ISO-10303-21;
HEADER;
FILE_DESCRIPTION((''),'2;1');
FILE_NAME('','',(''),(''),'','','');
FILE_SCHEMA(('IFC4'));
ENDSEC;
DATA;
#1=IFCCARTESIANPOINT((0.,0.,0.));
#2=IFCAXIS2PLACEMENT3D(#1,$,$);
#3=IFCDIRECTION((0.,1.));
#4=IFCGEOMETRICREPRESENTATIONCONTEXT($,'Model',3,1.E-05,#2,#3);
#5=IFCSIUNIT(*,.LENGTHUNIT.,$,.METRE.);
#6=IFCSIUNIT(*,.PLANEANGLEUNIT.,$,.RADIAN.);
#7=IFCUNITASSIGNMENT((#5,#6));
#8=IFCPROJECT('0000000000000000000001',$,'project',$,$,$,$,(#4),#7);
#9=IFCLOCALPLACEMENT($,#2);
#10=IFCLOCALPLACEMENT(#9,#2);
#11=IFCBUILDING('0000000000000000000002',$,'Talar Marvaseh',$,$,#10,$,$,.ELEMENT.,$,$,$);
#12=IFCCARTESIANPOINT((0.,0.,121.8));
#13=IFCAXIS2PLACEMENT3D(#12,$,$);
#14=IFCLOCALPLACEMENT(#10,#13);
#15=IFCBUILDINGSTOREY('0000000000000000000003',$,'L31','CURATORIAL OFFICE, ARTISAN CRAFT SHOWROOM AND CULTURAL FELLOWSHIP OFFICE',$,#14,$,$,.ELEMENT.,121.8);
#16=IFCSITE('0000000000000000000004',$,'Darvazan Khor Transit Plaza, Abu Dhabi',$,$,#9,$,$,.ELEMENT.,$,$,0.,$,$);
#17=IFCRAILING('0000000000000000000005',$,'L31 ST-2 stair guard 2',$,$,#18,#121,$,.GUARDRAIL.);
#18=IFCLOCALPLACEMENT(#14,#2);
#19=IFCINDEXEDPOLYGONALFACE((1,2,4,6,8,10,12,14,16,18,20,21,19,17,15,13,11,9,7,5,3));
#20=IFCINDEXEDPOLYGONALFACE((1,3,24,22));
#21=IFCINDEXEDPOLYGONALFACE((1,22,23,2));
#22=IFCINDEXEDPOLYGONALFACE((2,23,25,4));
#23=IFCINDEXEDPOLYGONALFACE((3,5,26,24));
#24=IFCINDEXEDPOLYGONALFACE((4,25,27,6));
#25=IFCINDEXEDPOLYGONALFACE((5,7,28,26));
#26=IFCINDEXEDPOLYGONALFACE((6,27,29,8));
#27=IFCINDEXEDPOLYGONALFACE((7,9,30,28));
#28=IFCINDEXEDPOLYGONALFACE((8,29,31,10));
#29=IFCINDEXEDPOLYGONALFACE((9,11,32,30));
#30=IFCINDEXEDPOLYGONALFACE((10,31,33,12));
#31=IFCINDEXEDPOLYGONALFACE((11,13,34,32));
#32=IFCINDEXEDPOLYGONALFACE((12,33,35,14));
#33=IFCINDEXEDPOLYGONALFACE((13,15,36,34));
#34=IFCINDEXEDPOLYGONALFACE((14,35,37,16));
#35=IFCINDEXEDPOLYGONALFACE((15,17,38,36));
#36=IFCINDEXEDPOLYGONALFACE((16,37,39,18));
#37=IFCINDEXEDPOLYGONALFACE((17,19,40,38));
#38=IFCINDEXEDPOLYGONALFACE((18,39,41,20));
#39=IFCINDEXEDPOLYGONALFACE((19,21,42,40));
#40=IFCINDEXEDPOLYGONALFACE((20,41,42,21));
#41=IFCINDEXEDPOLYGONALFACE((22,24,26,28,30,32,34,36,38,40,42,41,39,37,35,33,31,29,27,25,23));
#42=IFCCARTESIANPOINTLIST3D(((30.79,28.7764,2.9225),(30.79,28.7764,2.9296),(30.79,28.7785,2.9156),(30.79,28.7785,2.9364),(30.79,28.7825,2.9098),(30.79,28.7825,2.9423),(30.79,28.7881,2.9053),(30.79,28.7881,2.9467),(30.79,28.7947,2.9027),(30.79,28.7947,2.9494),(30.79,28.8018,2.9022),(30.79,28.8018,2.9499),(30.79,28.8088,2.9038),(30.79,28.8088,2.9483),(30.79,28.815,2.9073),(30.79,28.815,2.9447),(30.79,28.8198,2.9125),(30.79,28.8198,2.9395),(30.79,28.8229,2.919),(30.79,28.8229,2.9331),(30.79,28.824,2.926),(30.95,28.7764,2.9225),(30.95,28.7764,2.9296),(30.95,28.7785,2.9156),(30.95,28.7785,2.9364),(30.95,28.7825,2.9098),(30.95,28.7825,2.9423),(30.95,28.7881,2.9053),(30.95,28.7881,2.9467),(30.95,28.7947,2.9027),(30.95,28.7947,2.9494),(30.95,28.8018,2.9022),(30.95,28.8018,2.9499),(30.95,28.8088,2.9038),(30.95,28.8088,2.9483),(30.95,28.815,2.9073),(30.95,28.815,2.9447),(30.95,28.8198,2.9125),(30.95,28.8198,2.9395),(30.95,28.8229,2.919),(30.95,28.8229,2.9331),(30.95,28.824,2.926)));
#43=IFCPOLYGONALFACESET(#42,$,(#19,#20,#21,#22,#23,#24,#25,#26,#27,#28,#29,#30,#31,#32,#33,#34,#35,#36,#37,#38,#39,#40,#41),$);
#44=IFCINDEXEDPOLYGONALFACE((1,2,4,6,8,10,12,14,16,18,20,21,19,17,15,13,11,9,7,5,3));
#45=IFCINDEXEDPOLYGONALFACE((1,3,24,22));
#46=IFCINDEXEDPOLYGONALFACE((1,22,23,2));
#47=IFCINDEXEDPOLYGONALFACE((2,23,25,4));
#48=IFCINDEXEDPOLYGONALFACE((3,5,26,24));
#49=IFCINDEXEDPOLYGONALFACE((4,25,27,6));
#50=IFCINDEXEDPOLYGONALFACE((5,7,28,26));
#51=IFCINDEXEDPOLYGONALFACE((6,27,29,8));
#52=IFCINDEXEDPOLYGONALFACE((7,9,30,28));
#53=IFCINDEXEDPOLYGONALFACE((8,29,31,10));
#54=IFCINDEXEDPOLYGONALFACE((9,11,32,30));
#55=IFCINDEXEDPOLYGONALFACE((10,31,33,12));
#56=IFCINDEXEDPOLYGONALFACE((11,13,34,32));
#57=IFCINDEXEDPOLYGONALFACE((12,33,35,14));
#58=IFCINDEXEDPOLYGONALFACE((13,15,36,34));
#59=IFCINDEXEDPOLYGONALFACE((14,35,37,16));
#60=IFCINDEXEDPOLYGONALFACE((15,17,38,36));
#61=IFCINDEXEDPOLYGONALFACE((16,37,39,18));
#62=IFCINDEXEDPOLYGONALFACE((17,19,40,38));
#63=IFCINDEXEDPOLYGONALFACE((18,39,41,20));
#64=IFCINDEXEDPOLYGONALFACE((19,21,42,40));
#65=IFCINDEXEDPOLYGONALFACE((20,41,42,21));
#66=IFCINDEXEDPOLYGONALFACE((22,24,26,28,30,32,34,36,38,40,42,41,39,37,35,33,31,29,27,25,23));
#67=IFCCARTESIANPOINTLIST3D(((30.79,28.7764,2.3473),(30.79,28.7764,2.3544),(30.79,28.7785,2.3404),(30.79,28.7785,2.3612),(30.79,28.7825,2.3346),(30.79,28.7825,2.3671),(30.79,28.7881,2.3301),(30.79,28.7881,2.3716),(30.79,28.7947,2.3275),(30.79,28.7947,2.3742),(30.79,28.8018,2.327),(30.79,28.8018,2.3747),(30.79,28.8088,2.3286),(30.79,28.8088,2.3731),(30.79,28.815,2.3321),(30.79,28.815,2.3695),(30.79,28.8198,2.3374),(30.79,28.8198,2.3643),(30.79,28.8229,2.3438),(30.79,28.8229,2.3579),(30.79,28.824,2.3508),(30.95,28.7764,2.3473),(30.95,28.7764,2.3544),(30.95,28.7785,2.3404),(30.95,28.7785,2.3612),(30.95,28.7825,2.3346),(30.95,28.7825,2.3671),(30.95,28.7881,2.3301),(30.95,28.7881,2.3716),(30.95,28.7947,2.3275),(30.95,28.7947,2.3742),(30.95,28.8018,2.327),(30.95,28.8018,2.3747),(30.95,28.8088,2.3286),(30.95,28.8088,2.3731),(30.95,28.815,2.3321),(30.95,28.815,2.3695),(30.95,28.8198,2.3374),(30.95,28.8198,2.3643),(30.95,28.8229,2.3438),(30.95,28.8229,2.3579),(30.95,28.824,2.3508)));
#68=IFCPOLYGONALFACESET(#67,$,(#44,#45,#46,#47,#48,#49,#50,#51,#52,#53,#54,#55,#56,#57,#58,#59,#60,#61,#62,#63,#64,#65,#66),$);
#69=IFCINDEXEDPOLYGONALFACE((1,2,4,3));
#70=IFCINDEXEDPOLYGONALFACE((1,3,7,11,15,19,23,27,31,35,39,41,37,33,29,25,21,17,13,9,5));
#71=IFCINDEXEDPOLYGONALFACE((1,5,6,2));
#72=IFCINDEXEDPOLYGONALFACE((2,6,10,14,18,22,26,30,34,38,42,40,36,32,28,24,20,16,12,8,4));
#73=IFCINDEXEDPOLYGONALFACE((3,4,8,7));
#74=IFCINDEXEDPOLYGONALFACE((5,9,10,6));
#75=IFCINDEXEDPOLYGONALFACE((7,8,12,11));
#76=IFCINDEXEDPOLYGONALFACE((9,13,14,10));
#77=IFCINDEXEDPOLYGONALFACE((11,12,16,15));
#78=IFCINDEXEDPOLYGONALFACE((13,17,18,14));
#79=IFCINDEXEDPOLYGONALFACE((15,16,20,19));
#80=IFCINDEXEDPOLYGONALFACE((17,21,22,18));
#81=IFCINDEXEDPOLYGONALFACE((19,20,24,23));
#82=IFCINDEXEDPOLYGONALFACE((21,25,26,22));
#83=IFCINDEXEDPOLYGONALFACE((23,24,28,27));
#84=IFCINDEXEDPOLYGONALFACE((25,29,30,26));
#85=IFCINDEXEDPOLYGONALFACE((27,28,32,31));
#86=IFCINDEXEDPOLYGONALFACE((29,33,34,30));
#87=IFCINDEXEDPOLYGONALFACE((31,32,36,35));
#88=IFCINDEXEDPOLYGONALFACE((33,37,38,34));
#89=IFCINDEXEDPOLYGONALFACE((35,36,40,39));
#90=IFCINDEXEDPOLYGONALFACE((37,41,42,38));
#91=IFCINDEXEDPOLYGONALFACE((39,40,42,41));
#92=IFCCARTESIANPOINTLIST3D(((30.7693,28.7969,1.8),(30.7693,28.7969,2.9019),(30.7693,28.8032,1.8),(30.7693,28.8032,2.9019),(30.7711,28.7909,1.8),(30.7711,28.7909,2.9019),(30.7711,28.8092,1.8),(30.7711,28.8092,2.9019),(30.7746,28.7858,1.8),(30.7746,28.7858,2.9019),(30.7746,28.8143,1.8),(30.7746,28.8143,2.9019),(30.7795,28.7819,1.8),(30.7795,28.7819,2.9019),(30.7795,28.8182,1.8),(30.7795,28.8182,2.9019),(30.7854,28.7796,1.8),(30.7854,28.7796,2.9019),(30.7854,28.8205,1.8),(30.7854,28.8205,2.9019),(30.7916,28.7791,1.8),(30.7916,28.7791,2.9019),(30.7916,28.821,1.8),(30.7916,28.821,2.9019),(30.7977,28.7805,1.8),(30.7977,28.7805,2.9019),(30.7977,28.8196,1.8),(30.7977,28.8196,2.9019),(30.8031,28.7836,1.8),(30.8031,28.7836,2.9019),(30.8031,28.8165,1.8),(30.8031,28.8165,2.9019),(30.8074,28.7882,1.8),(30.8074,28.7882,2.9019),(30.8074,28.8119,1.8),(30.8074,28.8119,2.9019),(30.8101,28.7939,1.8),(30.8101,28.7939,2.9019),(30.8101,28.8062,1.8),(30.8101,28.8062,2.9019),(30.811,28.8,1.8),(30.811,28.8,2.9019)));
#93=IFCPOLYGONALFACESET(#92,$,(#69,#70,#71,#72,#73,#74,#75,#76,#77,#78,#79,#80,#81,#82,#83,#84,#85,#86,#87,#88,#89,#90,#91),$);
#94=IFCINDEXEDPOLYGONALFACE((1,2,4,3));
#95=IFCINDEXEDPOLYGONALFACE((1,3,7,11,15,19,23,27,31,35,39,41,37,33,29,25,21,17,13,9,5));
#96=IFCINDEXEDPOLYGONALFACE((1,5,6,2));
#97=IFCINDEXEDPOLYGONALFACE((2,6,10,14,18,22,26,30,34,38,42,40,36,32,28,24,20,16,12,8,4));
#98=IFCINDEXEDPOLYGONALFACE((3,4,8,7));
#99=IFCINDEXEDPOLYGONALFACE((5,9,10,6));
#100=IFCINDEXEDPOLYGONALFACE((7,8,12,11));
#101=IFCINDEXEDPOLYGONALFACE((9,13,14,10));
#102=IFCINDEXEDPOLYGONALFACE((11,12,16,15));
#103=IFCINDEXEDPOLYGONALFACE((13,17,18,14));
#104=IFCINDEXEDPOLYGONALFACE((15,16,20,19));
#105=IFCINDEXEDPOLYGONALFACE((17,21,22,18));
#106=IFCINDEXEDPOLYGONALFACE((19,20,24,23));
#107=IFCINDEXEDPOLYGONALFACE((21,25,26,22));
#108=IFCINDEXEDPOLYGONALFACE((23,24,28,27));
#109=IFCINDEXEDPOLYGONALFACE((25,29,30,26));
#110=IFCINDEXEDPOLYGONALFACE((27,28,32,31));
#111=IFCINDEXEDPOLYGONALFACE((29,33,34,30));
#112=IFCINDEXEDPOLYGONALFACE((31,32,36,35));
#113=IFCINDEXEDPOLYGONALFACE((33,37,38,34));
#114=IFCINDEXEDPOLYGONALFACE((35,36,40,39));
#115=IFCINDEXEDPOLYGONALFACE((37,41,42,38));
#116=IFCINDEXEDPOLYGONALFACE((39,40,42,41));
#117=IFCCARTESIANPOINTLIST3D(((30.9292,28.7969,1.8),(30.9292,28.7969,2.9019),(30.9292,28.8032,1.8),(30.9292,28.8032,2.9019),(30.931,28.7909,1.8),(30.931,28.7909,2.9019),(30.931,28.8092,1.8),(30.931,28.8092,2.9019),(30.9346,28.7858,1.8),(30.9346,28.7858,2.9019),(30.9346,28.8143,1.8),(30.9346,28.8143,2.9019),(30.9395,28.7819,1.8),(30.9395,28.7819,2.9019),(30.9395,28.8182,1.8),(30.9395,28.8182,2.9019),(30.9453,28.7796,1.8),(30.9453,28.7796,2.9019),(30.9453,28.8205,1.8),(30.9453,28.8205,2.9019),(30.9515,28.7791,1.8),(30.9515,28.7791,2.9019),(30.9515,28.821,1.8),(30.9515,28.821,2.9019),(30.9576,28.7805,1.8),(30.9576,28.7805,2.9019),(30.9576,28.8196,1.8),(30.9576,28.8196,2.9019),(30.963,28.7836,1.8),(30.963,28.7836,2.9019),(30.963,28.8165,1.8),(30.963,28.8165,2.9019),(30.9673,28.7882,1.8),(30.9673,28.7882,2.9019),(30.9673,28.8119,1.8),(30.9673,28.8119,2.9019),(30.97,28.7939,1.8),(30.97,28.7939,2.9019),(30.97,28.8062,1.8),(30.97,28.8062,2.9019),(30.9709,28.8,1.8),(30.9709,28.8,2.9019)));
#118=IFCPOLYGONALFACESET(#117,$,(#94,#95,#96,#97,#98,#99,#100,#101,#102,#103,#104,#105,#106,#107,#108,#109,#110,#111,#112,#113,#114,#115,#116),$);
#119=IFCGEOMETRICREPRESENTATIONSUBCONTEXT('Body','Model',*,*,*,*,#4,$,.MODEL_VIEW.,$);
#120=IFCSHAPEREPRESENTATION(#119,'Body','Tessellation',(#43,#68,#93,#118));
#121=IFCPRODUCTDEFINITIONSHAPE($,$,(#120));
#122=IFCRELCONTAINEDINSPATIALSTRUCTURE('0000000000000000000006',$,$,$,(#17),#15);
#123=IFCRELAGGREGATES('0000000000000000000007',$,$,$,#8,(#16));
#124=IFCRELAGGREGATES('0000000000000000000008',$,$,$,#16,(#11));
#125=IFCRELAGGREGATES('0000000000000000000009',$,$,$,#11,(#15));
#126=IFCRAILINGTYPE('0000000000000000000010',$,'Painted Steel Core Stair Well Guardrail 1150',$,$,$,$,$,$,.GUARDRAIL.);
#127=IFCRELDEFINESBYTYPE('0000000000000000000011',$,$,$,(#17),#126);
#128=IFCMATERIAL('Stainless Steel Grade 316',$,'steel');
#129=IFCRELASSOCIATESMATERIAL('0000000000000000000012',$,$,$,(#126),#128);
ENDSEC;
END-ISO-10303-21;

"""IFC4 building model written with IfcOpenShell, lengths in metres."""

from ifc_helpers import new_model, si_unit, direction, frame, origin, origin_2d, place, context, subcontext, project, spatial, circle, extrude, material, type_object, element, save


model = new_model("IFC4")

# Units and contexts
model_context = context("Model", 3, precision=1e-05, world=origin(), true_north=direction((0.0, 1.0)))
body_context = subcontext(model_context, "Body", "Model", "MODEL_VIEW")
ifc_project = project(units=[si_unit("LENGTHUNIT", "METRE"), si_unit("PLANEANGLEUNIT", "RADIAN")], contexts=[model_context])

# Site, building, storey
site_placement = place(None, origin())
site = spatial("IfcSite", under=ifc_project, at=site_placement, Name="Darvazan Khor Transit Plaza, Abu Dhabi", CompositionType="ELEMENT", RefElevation=0.0)
building_placement = place(site_placement, origin())
building = spatial("IfcBuilding", under=site, at=building_placement, Name="Talar Marvaseh", CompositionType="ELEMENT")
storey_placement = place(building_placement, frame((0.0, 0.0, 121.8)))
storey = spatial("IfcBuildingStorey", under=building, at=storey_placement, Name="L31", Description="CURATORIAL OFFICE, ARTISAN CRAFT SHOWROOM AND CULTURAL FELLOWSHIP OFFICE", CompositionType="ELEMENT", Elevation=121.8)

# Railing
ifc_material_1 = material(Name="Stainless Steel Grade 316", Category="steel")
railing_type_1 = type_object("IfcRailingType", Name="Painted Steel Core Stair Well Guardrail 1150", PredefinedType="GUARDRAIL", material=ifc_material_1)
railing_1_placement = place(storey_placement, frame((30.79, 28.8, 1.8)))
element("IfcRailing", 1, at=railing_1_placement, inside=storey, type_object=railing_type_1, Name="L31 ST-2 stair guard 2", PredefinedType="GUARDRAIL", context=body_context, shape_type="SweptSolid", body=[
    extrude(circle(Radius=0.0239, at=origin_2d()), frame((0.0, 0.0, 1.126), z_axis=(1.0, 0.0, 0.0), x_axis=(0.0, 1.0, 0.0)), (0.0, 0.0, 1.0), 0.1599),
    extrude(circle(Radius=0.0239, at=origin_2d()), frame((0.0, 0.0, 0.5508), z_axis=(1.0, 0.0, 0.0), x_axis=(0.0, 1.0, 0.0)), (0.0, 0.0, 1.0), 0.1599),
    extrude(circle(Radius=0.021, at=origin_2d()), origin(), (0.0, 0.0, 1.0), 1.1018),
    extrude(circle(Radius=0.021, at=origin_2d()), frame((0.1599, 0.0, 0.0)), (0.0, 0.0, 1.0), 1.1018),
])

save(model, "model.ifc")
